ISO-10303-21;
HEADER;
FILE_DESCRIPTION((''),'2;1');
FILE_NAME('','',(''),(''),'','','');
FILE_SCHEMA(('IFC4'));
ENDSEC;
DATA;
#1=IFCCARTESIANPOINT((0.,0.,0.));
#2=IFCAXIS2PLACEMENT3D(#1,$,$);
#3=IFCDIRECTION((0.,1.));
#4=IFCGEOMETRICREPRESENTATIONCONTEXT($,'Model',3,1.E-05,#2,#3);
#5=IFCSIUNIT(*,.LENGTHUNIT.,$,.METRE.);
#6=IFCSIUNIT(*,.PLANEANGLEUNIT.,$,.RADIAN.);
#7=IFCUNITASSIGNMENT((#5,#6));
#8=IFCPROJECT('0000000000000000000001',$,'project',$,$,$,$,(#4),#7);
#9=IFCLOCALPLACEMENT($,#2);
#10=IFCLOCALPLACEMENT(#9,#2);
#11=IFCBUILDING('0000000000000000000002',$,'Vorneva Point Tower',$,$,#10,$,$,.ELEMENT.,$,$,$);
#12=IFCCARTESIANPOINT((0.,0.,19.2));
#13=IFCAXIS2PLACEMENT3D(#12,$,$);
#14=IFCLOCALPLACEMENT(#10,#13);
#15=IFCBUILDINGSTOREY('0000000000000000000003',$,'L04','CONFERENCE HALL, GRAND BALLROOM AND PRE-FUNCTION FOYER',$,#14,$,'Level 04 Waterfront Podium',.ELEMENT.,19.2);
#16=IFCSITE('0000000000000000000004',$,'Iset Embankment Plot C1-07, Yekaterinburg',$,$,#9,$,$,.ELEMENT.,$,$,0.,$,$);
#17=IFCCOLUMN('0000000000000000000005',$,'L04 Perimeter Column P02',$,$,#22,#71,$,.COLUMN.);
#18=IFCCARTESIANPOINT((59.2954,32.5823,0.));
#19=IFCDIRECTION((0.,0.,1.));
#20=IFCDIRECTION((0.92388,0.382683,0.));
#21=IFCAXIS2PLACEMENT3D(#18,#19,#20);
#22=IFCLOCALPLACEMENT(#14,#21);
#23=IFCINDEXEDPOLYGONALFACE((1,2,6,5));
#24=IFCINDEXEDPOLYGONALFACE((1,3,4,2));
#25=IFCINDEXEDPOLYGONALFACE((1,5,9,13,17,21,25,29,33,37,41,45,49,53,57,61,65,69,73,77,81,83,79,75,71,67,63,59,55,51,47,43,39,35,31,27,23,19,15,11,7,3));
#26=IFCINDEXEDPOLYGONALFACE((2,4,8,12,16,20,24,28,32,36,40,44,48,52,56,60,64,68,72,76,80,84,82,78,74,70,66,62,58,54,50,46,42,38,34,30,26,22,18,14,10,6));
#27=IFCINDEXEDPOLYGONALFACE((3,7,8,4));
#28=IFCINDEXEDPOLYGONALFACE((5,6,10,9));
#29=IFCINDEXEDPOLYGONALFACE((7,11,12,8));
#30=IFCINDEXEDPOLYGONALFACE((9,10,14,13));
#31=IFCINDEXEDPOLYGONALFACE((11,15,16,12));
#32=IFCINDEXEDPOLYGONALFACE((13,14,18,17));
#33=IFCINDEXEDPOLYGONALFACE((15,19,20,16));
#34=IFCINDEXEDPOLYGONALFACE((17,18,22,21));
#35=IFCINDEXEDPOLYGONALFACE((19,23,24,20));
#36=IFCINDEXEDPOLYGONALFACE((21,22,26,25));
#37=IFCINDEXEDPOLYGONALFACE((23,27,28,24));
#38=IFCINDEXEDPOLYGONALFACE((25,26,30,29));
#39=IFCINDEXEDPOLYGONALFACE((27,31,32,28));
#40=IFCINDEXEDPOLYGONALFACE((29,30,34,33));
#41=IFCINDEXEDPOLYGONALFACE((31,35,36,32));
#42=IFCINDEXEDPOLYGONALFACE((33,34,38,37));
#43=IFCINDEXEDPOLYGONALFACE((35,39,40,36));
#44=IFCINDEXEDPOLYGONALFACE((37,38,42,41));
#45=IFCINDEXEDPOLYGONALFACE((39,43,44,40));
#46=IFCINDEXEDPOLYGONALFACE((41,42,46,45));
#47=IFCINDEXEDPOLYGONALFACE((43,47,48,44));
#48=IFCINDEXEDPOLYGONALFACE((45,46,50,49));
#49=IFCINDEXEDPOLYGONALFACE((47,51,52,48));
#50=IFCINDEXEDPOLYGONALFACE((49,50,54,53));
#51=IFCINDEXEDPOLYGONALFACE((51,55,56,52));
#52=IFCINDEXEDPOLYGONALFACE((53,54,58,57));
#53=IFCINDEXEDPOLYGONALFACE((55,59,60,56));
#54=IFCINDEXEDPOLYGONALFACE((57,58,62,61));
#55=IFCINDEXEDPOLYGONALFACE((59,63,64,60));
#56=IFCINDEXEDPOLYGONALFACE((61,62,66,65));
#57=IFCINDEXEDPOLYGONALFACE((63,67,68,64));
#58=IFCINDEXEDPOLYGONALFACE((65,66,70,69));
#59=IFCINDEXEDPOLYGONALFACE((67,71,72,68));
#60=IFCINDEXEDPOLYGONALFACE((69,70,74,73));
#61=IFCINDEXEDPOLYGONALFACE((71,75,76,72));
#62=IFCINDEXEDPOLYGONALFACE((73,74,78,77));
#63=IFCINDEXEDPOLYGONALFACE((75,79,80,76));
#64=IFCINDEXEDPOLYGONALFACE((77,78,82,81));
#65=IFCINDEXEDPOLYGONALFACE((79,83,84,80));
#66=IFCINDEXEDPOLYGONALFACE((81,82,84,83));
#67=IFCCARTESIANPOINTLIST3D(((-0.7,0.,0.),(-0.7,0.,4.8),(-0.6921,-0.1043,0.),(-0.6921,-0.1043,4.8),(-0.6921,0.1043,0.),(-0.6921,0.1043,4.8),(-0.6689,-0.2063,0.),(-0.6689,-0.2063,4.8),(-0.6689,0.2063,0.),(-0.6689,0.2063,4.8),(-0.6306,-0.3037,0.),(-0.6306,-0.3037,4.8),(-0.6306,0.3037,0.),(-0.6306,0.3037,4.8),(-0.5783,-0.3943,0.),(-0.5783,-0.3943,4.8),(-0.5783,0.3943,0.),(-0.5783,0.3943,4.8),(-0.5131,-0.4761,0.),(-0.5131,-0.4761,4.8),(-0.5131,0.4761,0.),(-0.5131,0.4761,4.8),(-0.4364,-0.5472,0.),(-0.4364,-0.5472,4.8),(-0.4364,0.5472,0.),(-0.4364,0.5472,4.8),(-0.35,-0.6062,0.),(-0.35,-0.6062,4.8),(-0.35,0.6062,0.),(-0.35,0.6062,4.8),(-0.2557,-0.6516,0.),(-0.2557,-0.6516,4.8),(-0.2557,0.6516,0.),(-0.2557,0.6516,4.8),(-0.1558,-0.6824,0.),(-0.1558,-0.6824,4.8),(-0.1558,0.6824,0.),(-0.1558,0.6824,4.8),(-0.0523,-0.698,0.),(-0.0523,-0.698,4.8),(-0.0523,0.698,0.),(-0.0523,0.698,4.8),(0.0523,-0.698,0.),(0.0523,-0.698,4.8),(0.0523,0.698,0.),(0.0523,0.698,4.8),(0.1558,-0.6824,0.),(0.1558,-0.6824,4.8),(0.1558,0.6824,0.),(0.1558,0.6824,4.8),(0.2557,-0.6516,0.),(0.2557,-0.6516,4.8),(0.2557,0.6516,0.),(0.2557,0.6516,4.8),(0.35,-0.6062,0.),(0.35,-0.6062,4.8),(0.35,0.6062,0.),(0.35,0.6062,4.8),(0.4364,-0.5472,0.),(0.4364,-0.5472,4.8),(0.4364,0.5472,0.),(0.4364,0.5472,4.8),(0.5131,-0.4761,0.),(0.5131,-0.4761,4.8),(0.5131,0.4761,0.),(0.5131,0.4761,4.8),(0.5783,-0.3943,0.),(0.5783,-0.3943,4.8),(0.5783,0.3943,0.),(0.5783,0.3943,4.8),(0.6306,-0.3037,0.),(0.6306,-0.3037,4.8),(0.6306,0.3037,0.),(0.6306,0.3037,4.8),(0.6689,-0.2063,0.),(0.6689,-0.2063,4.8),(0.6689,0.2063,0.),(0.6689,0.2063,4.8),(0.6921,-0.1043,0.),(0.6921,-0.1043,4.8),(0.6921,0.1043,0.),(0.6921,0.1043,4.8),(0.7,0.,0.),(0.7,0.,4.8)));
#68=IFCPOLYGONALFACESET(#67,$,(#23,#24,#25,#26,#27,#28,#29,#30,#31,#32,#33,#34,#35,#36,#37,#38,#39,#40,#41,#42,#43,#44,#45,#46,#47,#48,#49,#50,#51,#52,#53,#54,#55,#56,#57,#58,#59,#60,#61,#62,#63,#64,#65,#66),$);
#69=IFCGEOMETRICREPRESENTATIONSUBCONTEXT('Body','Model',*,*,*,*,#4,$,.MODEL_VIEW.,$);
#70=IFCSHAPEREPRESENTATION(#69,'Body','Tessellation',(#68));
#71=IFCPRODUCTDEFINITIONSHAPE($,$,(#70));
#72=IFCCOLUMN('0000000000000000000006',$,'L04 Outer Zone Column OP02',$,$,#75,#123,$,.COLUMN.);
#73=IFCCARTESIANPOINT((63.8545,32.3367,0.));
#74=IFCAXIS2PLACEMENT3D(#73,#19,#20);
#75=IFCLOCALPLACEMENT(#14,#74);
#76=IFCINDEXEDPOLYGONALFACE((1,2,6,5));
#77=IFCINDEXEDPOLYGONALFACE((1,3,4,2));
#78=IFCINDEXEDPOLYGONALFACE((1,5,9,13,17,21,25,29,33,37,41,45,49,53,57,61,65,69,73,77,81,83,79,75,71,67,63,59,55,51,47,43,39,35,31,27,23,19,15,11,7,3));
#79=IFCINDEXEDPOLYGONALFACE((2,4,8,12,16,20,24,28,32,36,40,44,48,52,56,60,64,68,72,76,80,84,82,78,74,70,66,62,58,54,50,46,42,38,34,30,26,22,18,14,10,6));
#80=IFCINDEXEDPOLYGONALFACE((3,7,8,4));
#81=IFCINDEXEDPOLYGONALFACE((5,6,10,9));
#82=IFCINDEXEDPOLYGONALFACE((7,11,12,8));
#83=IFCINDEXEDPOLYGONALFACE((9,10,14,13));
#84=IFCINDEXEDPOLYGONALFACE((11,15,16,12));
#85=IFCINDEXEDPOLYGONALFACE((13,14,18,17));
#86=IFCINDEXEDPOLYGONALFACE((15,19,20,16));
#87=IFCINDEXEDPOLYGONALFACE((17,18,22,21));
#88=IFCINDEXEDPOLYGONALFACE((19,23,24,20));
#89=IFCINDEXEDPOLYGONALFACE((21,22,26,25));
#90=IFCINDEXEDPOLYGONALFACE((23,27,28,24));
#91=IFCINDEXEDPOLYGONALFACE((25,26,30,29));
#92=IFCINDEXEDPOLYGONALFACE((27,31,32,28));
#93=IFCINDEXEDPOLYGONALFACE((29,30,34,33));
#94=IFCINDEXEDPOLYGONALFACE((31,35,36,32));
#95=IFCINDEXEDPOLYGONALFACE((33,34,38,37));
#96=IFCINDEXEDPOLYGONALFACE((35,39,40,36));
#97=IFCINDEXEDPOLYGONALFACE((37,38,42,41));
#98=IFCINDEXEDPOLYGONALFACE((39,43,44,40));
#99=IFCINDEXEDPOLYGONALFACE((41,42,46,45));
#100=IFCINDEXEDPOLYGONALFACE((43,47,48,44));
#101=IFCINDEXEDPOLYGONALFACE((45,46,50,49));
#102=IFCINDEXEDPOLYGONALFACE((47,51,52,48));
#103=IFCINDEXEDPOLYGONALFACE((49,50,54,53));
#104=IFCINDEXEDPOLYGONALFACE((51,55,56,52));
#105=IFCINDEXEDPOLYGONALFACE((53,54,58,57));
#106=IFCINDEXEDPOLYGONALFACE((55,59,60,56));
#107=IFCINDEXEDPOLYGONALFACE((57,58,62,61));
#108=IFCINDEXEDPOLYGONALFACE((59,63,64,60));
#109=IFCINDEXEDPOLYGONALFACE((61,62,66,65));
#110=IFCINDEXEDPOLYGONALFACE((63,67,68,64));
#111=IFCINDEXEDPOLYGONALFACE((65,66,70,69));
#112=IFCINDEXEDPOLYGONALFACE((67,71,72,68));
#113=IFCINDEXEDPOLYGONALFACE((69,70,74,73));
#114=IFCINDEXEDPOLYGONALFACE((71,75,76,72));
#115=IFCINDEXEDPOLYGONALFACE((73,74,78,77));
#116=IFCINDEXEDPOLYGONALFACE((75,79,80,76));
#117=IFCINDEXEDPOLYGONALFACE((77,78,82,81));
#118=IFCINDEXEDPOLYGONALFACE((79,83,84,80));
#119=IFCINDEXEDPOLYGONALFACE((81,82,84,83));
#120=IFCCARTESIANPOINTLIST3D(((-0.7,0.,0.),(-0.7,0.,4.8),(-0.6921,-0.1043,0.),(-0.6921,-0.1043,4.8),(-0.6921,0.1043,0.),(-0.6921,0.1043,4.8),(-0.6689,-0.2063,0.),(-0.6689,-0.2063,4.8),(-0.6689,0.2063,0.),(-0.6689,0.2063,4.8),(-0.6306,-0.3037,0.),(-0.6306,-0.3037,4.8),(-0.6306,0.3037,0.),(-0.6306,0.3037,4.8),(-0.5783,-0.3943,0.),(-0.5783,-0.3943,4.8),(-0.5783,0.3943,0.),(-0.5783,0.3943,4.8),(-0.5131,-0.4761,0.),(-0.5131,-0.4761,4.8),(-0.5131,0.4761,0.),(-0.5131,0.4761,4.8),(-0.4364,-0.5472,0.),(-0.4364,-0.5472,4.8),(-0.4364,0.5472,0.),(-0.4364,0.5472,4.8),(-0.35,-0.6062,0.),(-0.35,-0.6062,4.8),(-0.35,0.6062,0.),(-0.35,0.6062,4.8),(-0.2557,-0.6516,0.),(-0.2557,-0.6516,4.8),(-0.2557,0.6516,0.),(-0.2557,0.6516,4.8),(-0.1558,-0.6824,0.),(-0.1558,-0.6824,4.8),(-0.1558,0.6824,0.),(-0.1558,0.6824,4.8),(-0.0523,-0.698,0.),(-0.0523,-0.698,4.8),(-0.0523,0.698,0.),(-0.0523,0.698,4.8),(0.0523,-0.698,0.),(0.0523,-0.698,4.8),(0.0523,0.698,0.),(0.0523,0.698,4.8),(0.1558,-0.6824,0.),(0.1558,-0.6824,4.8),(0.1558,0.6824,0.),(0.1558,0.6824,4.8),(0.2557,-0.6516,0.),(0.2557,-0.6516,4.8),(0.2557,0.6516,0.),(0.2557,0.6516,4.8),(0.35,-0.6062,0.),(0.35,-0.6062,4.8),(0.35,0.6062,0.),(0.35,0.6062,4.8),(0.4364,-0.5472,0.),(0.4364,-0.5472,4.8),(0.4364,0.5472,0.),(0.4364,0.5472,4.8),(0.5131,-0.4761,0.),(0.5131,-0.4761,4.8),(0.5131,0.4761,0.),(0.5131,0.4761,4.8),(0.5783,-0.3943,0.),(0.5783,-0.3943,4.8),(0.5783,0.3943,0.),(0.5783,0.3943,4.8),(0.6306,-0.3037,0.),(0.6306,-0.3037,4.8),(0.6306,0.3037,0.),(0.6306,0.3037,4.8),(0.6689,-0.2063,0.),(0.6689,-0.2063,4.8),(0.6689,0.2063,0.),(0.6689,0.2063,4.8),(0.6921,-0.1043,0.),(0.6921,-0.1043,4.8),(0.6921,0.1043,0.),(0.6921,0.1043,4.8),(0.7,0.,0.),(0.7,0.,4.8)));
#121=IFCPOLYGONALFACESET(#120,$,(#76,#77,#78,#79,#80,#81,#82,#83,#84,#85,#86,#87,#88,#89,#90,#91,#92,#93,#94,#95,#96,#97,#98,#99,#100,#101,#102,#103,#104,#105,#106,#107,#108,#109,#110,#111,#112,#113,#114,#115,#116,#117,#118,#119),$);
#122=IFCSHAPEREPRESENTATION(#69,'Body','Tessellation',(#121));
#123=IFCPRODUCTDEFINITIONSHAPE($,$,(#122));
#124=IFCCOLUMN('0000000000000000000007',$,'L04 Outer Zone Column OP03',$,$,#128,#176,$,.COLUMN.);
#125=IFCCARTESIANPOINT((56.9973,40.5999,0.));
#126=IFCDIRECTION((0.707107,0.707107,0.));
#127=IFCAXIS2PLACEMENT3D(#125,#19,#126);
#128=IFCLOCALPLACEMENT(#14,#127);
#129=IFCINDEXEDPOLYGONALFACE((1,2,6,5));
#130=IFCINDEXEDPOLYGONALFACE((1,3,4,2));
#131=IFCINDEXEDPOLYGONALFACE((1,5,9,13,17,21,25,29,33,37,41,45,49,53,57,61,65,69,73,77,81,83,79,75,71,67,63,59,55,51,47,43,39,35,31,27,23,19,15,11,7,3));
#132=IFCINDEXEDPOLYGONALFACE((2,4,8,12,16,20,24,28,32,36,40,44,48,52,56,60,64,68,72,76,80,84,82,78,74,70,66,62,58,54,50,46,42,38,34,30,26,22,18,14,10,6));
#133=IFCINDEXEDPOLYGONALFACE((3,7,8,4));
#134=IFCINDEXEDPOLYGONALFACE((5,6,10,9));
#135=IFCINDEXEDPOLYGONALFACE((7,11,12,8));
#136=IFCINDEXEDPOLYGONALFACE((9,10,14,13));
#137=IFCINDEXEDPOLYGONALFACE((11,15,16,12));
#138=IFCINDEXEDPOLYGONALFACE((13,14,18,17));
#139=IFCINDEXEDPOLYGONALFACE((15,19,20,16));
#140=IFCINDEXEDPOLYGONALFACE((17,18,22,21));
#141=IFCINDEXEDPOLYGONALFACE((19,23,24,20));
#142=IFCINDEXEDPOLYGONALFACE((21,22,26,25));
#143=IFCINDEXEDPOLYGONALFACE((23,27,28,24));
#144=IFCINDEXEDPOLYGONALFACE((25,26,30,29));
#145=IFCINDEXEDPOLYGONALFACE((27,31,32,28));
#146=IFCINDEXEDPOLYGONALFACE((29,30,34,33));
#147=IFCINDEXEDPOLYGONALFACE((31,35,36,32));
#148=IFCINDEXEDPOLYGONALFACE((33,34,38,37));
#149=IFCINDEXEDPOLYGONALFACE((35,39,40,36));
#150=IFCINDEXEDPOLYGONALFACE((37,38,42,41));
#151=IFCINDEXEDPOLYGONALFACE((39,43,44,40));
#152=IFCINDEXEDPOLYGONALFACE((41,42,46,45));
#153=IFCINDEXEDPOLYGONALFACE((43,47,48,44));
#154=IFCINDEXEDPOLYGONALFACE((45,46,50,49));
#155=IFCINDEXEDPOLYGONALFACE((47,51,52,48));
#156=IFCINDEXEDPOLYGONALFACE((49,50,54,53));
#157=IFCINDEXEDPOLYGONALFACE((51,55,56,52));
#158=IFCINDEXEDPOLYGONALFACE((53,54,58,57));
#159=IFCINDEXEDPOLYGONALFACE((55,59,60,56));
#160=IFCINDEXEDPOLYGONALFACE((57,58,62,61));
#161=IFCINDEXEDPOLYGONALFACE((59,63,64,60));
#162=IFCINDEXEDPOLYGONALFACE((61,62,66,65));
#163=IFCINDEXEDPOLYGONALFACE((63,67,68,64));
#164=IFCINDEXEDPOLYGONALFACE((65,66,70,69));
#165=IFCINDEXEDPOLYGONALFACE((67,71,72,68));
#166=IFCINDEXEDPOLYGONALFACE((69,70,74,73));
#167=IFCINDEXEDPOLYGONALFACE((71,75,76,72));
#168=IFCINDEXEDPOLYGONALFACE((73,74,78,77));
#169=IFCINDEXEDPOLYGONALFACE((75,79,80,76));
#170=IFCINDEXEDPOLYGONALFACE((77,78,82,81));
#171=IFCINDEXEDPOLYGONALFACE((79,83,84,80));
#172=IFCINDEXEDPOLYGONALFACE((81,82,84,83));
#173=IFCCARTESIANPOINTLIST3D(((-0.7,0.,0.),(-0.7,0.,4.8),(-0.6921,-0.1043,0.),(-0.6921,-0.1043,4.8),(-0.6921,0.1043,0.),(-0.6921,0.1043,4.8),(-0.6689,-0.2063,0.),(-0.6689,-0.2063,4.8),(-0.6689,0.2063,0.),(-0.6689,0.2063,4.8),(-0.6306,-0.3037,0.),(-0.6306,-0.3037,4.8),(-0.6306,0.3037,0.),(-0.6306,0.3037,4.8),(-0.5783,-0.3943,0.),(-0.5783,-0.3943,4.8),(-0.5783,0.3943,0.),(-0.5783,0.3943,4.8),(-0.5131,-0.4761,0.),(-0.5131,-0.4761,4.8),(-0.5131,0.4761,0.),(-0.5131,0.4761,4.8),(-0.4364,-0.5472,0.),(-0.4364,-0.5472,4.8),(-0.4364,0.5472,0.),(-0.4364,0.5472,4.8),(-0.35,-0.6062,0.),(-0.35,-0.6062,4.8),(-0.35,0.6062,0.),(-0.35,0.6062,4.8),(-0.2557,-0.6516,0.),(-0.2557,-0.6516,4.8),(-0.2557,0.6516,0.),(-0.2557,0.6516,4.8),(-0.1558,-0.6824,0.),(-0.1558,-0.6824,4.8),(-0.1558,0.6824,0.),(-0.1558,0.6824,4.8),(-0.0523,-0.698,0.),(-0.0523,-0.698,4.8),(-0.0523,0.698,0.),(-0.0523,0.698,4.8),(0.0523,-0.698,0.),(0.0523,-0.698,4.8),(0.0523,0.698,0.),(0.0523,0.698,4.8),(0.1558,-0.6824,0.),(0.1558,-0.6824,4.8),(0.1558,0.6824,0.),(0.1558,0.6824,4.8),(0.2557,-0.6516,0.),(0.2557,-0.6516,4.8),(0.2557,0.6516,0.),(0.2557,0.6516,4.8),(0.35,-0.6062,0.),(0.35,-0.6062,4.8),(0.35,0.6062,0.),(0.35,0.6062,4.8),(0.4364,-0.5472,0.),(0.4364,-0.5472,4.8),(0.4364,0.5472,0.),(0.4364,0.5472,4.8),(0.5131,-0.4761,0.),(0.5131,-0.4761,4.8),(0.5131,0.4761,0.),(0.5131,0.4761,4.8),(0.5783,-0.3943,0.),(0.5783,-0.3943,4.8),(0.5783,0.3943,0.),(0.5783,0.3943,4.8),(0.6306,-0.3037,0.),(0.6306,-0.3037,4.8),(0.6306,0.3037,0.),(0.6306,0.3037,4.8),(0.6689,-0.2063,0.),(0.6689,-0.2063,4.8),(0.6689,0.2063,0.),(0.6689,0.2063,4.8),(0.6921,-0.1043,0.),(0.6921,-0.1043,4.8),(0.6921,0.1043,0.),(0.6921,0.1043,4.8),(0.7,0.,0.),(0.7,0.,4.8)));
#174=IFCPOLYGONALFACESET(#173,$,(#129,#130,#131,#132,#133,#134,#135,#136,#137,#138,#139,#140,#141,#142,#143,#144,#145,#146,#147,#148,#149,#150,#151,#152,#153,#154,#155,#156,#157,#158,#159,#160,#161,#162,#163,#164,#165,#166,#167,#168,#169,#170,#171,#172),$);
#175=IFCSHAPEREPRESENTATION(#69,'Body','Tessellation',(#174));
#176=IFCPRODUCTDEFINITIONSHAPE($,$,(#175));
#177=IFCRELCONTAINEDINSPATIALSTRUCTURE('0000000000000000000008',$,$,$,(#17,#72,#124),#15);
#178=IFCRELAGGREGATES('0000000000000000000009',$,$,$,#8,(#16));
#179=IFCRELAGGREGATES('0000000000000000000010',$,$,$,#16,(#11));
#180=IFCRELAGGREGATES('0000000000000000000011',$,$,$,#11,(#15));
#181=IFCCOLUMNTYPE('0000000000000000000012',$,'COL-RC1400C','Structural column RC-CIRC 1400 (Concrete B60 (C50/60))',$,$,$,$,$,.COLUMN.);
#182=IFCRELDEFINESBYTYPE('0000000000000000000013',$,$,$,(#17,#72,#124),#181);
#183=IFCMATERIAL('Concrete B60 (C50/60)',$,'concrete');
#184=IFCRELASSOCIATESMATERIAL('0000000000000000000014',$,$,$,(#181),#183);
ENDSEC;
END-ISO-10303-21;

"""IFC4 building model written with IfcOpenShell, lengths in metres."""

from ifc_helpers import new_model, si_unit, direction, frame, origin, origin_2d, place, context, subcontext, project, spatial, circle, extrude, material, material_profile, profile_set, type_object, element, save


model = new_model("IFC4")

# Units and contexts
model_context = context("Model", 3, precision=1e-05, world=origin(), true_north=direction((0.0, 1.0)))
body_context = subcontext(model_context, "Body", "Model", "MODEL_VIEW")
ifc_project = project(units=[si_unit("LENGTHUNIT", "METRE"), si_unit("PLANEANGLEUNIT", "RADIAN")], contexts=[model_context])

# Site, building, storey
site_placement = place(None, origin())
site = spatial("IfcSite", under=ifc_project, at=site_placement, Name="Iset Embankment Plot C1-07, Yekaterinburg", CompositionType="ELEMENT", RefElevation=0.0)
building_placement = place(site_placement, origin())
building = spatial("IfcBuilding", under=site, at=building_placement, Name="Vorneva Point Tower", CompositionType="ELEMENT")
storey_placement = place(building_placement, frame((0.0, 0.0, 19.2)))
storey = spatial("IfcBuildingStorey", under=building, at=storey_placement, Name="L04", Description="CONFERENCE HALL, GRAND BALLROOM AND PRE-FUNCTION FOYER", LongName="Level 04 Waterfront Podium", CompositionType="ELEMENT", Elevation=19.2)

# Columns
ifc_material_1 = material(Name="Concrete B60 (C50/60)", Category="concrete")
ifc_material_profile_1 = material_profile(ifc_material_1, circle(Radius=0.7, at=origin_2d()), Name="RC-CIRC 1400")
ifc_profile_set_1 = profile_set([ifc_material_profile_1], Name="Concrete B60 (C50/60)")
column_type = type_object("IfcColumnType", Name="COL-RC1400C", Description="Structural column RC-CIRC 1400 (Concrete B60 (C50/60))", PredefinedType="COLUMN", material=ifc_profile_set_1)
for number, where, z_axis, x_axis, name in (
    (1, (59.2954, 32.5823, 0.0), (0.0, 0.0, 1.0), (0.92388, 0.382683, 0.0), "L04 Perimeter Column P02"),
    (2, (63.8545, 32.3367, 0.0), (0.0, 0.0, 1.0), (0.92388, 0.382683, 0.0), "L04 Outer Zone Column OP02"),
    (3, (56.9973, 40.5999, 0.0), (0.0, 0.0, 1.0), (0.707107, 0.707107, 0.0), "L04 Outer Zone Column OP03"),
):
    element("IfcColumn", number, at=place(storey_placement, frame(where, z_axis=z_axis, x_axis=x_axis)), inside=storey, type_object=column_type, Name=name, PredefinedType="COLUMN", context=body_context, shape_type="SweptSolid", body=[
        extrude(circle(Radius=0.7, at=origin_2d()), origin(), (0.0, 0.0, 1.0), 4.8),
    ])

save(model, "model.ifc")
